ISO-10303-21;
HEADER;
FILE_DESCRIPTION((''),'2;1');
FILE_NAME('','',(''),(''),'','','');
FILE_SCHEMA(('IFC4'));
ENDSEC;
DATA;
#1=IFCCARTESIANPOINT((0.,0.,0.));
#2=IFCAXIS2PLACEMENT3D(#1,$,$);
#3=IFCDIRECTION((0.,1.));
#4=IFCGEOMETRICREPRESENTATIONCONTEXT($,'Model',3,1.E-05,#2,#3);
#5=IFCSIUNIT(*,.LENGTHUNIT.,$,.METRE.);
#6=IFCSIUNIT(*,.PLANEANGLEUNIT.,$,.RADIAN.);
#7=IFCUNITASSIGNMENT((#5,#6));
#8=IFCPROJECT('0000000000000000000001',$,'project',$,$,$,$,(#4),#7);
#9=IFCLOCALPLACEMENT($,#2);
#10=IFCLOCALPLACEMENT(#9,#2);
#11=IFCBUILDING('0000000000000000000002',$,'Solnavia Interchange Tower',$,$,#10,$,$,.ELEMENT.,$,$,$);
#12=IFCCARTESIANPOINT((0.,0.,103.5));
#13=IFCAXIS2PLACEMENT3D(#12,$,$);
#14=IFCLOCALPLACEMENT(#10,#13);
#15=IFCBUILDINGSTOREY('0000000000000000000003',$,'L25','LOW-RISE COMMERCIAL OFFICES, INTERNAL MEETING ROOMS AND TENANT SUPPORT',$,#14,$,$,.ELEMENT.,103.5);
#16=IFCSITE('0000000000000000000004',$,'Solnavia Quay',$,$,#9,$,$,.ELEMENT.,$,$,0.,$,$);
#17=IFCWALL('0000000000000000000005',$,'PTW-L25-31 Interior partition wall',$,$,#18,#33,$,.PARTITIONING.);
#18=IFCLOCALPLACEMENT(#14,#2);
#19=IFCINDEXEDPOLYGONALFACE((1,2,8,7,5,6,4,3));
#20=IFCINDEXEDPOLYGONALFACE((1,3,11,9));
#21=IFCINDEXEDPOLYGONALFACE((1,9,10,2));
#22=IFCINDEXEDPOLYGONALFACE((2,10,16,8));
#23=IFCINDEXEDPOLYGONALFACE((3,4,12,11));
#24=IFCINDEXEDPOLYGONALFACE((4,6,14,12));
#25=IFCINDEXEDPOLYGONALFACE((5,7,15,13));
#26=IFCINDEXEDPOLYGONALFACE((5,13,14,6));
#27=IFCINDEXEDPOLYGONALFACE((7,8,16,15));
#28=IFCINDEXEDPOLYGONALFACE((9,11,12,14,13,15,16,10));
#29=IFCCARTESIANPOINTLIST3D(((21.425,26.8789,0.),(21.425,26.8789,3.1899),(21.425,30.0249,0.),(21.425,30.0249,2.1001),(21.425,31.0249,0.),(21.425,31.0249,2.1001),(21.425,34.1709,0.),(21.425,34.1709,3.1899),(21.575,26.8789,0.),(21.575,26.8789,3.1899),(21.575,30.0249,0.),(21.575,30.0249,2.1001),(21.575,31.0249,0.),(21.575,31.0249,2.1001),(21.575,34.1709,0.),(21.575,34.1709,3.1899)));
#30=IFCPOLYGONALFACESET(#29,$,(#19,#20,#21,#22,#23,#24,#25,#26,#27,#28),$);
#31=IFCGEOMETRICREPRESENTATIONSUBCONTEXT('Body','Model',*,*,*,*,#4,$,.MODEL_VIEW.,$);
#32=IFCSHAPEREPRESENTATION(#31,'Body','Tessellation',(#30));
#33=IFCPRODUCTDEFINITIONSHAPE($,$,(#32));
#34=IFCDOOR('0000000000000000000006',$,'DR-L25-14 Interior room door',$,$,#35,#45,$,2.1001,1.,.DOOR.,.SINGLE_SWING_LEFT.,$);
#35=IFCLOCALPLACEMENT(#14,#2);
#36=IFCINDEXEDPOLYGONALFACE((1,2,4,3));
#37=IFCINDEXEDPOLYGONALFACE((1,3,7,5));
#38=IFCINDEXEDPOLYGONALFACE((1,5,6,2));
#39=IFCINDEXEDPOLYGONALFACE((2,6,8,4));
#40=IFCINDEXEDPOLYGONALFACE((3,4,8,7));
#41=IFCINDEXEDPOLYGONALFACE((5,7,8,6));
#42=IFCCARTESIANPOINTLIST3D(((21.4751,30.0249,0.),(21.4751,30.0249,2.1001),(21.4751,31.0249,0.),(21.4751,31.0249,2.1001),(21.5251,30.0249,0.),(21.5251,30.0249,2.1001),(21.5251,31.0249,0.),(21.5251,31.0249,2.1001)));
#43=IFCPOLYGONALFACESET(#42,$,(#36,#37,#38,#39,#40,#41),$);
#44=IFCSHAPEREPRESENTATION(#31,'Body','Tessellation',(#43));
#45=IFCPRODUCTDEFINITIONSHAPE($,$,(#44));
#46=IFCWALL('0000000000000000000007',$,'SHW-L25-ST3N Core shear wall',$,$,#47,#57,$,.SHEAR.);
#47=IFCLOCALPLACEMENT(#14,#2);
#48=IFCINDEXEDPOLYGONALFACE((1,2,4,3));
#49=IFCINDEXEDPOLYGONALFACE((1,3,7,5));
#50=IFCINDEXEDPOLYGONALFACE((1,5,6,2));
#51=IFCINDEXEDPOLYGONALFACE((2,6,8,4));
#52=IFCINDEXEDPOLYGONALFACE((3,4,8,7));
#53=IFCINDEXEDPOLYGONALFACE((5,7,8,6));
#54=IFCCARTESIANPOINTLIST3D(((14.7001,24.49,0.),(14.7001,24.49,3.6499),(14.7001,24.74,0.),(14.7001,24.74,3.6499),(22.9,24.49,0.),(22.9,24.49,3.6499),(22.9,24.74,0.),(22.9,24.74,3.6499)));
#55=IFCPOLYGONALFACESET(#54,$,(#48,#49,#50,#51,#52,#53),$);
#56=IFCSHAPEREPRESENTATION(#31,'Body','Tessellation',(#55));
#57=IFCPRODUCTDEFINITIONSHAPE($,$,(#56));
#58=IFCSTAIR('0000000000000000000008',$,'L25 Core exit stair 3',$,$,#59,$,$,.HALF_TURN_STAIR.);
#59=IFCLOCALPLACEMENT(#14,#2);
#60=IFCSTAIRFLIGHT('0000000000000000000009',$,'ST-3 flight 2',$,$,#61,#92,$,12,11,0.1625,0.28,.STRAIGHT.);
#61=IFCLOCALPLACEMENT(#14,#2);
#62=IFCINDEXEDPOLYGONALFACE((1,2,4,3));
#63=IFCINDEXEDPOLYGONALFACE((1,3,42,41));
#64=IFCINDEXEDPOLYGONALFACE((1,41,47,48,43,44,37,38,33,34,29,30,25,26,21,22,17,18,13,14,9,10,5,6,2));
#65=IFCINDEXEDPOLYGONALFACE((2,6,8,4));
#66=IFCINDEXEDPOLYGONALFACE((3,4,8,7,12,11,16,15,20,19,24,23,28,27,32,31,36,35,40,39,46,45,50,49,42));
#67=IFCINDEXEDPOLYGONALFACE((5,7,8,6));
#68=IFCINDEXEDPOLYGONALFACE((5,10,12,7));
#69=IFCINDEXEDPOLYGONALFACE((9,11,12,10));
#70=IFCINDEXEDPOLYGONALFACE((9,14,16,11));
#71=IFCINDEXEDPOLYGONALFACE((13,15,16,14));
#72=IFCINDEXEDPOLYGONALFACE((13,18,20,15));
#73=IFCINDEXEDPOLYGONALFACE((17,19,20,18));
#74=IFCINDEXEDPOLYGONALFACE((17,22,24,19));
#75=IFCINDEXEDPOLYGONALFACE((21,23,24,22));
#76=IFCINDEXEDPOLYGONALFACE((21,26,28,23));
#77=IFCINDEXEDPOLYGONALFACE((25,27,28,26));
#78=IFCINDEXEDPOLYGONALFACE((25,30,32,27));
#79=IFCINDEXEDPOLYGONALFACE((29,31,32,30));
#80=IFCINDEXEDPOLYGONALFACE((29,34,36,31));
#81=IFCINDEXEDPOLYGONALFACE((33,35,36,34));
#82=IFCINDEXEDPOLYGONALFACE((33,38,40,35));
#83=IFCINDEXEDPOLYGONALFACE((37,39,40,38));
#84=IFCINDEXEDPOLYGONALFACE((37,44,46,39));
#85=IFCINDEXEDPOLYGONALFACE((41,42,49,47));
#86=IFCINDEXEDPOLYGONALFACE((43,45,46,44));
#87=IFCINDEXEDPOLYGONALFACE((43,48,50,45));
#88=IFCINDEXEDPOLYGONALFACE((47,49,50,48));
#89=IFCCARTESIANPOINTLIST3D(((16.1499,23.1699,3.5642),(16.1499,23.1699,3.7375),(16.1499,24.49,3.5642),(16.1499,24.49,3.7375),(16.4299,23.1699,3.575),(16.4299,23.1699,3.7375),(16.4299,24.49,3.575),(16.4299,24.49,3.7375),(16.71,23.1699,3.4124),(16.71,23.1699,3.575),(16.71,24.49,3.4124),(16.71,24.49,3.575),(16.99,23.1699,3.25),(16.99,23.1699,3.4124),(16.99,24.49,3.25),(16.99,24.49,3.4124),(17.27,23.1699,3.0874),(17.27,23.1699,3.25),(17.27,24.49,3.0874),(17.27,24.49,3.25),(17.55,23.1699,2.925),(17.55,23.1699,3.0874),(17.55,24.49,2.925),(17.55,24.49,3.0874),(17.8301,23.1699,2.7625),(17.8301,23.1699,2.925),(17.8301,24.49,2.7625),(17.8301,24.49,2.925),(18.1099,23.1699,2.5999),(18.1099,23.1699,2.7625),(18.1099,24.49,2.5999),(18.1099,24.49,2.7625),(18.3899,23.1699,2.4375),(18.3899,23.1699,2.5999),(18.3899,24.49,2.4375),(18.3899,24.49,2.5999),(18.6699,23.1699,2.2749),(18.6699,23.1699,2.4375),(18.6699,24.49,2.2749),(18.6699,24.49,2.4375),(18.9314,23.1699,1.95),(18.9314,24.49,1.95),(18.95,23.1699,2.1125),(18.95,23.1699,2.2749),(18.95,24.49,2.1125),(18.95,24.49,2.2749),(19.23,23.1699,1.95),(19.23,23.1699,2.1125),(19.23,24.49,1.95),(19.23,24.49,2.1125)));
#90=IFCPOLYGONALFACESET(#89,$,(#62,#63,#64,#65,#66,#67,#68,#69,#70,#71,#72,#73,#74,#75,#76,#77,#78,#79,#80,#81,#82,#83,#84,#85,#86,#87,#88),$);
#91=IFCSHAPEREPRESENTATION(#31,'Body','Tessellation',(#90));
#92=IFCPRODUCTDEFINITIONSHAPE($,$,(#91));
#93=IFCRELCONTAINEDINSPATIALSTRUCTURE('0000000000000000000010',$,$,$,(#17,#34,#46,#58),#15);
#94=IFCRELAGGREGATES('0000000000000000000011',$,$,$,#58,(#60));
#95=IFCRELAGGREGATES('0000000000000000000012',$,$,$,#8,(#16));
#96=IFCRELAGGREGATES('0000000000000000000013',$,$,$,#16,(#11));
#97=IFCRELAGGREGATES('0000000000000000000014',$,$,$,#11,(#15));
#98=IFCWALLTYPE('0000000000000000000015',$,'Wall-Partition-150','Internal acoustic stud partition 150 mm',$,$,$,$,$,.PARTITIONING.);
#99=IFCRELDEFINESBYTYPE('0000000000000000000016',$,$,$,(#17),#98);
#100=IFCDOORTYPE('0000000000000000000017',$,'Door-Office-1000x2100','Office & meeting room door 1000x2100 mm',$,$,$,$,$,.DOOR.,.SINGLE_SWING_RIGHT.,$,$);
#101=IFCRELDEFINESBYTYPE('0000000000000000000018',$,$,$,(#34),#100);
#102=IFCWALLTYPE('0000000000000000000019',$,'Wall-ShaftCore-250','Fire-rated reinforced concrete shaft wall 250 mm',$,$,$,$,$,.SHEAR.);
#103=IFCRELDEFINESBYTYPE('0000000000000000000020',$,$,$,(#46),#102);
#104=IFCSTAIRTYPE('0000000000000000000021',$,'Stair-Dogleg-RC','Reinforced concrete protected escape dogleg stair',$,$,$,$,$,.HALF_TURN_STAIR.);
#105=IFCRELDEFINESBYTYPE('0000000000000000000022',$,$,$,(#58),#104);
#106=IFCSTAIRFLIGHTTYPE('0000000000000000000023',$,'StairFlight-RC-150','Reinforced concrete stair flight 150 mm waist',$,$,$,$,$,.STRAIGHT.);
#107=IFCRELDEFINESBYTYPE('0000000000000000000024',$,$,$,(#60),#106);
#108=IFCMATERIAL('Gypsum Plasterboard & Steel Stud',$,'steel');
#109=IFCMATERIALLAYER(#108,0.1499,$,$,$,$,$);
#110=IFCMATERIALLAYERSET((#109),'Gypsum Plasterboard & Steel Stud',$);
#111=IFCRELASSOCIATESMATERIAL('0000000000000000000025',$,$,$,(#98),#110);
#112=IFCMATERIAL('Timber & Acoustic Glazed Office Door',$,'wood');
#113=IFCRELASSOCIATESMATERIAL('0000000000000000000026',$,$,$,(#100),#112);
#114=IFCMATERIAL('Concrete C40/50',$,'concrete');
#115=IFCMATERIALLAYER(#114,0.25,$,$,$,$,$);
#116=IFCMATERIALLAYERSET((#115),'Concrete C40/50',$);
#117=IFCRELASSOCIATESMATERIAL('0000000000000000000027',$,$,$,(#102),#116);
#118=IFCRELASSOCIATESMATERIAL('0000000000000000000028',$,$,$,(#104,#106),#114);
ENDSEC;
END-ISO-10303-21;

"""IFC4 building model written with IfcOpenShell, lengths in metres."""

from ifc_helpers import new_model, si_unit, direction, frame, frame_2d, origin, place, context, subcontext, project, spatial, polyline, rectangle, outline, extrude, material, layer, layer_set, type_object, element, fill, aggregate, save


model = new_model("IFC4")

# Units and contexts
model_context = context("Model", 3, precision=1e-05, world=origin(), true_north=direction((0.0, 1.0)))
body_context = subcontext(model_context, "Body", "Model", "MODEL_VIEW")
ifc_project = project(units=[si_unit("LENGTHUNIT", "METRE"), si_unit("PLANEANGLEUNIT", "RADIAN")], contexts=[model_context])

# Site, building, storey
site_placement = place(None, origin())
site = spatial("IfcSite", under=ifc_project, at=site_placement, Name="Solnavia Quay", CompositionType="ELEMENT", RefElevation=0.0)
building_placement = place(site_placement, origin())
building = spatial("IfcBuilding", under=site, at=building_placement, Name="Solnavia Interchange Tower", CompositionType="ELEMENT")
storey_placement = place(building_placement, frame((0.0, 0.0, 103.5)))
storey = spatial("IfcBuildingStorey", under=building, at=storey_placement, Name="L25", Description="LOW-RISE COMMERCIAL OFFICES, INTERNAL MEETING ROOMS AND TENANT SUPPORT", CompositionType="ELEMENT", Elevation=103.5)

# Shared definitions
ifc_material_1 = material(Name="Gypsum Plasterboard & Steel Stud", Category="steel")
ifc_layer_1 = layer(ifc_material_1, 0.1499)
ifc_layer_set_1 = layer_set([ifc_layer_1], Name="Gypsum Plasterboard & Steel Stud")
wall_type_1 = type_object("IfcWallType", Name="Wall-Partition-150", Description="Internal acoustic stud partition 150 mm", PredefinedType="PARTITIONING", material=ifc_layer_set_1)
ifc_material_2 = material(Name="Timber & Acoustic Glazed Office Door", Category="wood")
door_type = type_object("IfcDoorType", Name="Door-Office-1000x2100", Description="Office & meeting room door 1000x2100 mm", OperationType="SINGLE_SWING_RIGHT", PredefinedType="DOOR", material=ifc_material_2)

# Wall, opening, door
wall_1_placement = place(storey_placement, frame((21.5, 26.8789, 0.0), z_axis=(0.0, 0.0, 1.0), x_axis=(0.0, 1.0, 0.0)))
wall_1 = element("IfcWall", 1, at=wall_1_placement, inside=storey, type_object=wall_type_1, Name="PTW-L25-31 Interior partition wall", PredefinedType="PARTITIONING", context=body_context, shape_type="SweptSolid", body=[
    extrude(rectangle(XDim=7.292, YDim=0.1499, at=frame_2d((3.646, 0.0))), origin(), (0.0, 0.0, 1.0), 3.1899),
])
opening_1_placement = place(wall_1_placement, frame((3.146, 0.0, 0.0)))
opening_1 = element("IfcOpeningElement", 2, at=opening_1_placement, cuts=wall_1, PredefinedType="OPENING", context=body_context, shape_type="SweptSolid", body=[
    extrude(rectangle(XDim=1.0, YDim=2.1001, at=frame_2d((0.5, 1.05))), frame((0.0, 0.085, 0.0), z_axis=(0.0, -1.0, 0.0), x_axis=(1.0, 0.0, 0.0)), (0.0, 0.0, 1.0), 0.1699),
])
door_1_placement = place(opening_1_placement, origin())
door_1 = element("IfcDoor", 3, at=door_1_placement, inside=storey, type_object=door_type, Name="DR-L25-14 Interior room door", OperationType="SINGLE_SWING_LEFT", OverallHeight=2.1001, OverallWidth=1.0, PredefinedType="DOOR", context=body_context, shape_type="SweptSolid", body=[
    extrude(rectangle(XDim=1.0, YDim=2.1001, at=frame_2d((0.5, 1.05))), frame((0.0, 0.0249, 0.0), z_axis=(0.0, -1.0, 0.0), x_axis=(1.0, 0.0, 0.0)), (0.0, 0.0, 1.0), 0.05),
])
fill(opening_1, door_1)

# Wall
ifc_material_3 = material(Name="Concrete C40/50", Category="concrete")
ifc_layer_2 = layer(ifc_material_3, 0.25)
ifc_layer_set_2 = layer_set([ifc_layer_2], Name="Concrete C40/50")
wall_type_2 = type_object("IfcWallType", Name="Wall-ShaftCore-250", Description="Fire-rated reinforced concrete shaft wall 250 mm", PredefinedType="SHEAR", material=ifc_layer_set_2)
wall_2_placement = place(storey_placement, frame((14.7, 24.615, 0.0), z_axis=(0.0, 0.0, 1.0), x_axis=(1.0, 0.0, 0.0)))
element("IfcWall", 4, at=wall_2_placement, inside=storey, type_object=wall_type_2, Name="SHW-L25-ST3N Core shear wall", PredefinedType="SHEAR", context=body_context, shape_type="SweptSolid", body=[
    extrude(rectangle(XDim=8.2, YDim=0.25, at=frame_2d((4.1001, 0.0))), origin(), (0.0, 0.0, 1.0), 3.6499),
])

# Stair, stair flight
stair_type = type_object("IfcStairType", Name="Stair-Dogleg-RC", Description="Reinforced concrete protected escape dogleg stair", PredefinedType="HALF_TURN_STAIR", material=ifc_material_3)
stair_placement = place(storey_placement, origin())
stair = element("IfcStair", 5, at=stair_placement, inside=storey, type_object=stair_type, Name="L25 Core exit stair 3", PredefinedType="HALF_TURN_STAIR")
stair_flight_type = type_object("IfcStairFlightType", Name="StairFlight-RC-150", Description="Reinforced concrete stair flight 150 mm waist", PredefinedType="STRAIGHT", material=ifc_material_3)
stair_flight_placement = place(storey_placement, frame((19.23, 23.8301, 1.95), z_axis=(0.0, 0.0, 1.0), x_axis=(-1.0, 0.0, 0.0)))
stair_flight = element("IfcStairFlight", 6, at=stair_flight_placement, type_object=stair_flight_type, Name="ST-3 flight 2", NumberOfRisers=12, NumberOfTreads=11, PredefinedType="STRAIGHT", RiserHeight=0.1625, TreadLength=0.28, context=body_context, shape_type="SweptSolid", body=[
    extrude(outline(polyline([(0.0, 0.0), (0.0, 0.1626), (0.28, 0.1626), (0.28, 0.325), (0.5601, 0.325), (0.5601, 0.4875), (0.8401, 0.4875), (0.8401, 0.6499), (1.1201, 0.6499), (1.1201, 0.8125), (1.3999, 0.8125), (1.3999, 0.9751), (1.6799, 0.9751), (1.6799, 1.1375), (1.96, 1.1375), (1.96, 1.3), (2.24, 1.3), (2.24, 1.4624), (2.52, 1.4624), (2.52, 1.625), (2.8, 1.625), (2.8, 1.7876), (3.0801, 1.7876), (3.0801, 1.95), (3.0801, 1.6143), (0.2986, 0.0), (0.0, 0.0)])), frame((0.0, 0.6602, 0.0), z_axis=(0.0, -1.0, 0.0), x_axis=(1.0, 0.0, 0.0)), (0.0, 0.0, 1.0), 1.3201),
])
aggregate(stair, [stair_flight])

save(model, "model.ifc")
